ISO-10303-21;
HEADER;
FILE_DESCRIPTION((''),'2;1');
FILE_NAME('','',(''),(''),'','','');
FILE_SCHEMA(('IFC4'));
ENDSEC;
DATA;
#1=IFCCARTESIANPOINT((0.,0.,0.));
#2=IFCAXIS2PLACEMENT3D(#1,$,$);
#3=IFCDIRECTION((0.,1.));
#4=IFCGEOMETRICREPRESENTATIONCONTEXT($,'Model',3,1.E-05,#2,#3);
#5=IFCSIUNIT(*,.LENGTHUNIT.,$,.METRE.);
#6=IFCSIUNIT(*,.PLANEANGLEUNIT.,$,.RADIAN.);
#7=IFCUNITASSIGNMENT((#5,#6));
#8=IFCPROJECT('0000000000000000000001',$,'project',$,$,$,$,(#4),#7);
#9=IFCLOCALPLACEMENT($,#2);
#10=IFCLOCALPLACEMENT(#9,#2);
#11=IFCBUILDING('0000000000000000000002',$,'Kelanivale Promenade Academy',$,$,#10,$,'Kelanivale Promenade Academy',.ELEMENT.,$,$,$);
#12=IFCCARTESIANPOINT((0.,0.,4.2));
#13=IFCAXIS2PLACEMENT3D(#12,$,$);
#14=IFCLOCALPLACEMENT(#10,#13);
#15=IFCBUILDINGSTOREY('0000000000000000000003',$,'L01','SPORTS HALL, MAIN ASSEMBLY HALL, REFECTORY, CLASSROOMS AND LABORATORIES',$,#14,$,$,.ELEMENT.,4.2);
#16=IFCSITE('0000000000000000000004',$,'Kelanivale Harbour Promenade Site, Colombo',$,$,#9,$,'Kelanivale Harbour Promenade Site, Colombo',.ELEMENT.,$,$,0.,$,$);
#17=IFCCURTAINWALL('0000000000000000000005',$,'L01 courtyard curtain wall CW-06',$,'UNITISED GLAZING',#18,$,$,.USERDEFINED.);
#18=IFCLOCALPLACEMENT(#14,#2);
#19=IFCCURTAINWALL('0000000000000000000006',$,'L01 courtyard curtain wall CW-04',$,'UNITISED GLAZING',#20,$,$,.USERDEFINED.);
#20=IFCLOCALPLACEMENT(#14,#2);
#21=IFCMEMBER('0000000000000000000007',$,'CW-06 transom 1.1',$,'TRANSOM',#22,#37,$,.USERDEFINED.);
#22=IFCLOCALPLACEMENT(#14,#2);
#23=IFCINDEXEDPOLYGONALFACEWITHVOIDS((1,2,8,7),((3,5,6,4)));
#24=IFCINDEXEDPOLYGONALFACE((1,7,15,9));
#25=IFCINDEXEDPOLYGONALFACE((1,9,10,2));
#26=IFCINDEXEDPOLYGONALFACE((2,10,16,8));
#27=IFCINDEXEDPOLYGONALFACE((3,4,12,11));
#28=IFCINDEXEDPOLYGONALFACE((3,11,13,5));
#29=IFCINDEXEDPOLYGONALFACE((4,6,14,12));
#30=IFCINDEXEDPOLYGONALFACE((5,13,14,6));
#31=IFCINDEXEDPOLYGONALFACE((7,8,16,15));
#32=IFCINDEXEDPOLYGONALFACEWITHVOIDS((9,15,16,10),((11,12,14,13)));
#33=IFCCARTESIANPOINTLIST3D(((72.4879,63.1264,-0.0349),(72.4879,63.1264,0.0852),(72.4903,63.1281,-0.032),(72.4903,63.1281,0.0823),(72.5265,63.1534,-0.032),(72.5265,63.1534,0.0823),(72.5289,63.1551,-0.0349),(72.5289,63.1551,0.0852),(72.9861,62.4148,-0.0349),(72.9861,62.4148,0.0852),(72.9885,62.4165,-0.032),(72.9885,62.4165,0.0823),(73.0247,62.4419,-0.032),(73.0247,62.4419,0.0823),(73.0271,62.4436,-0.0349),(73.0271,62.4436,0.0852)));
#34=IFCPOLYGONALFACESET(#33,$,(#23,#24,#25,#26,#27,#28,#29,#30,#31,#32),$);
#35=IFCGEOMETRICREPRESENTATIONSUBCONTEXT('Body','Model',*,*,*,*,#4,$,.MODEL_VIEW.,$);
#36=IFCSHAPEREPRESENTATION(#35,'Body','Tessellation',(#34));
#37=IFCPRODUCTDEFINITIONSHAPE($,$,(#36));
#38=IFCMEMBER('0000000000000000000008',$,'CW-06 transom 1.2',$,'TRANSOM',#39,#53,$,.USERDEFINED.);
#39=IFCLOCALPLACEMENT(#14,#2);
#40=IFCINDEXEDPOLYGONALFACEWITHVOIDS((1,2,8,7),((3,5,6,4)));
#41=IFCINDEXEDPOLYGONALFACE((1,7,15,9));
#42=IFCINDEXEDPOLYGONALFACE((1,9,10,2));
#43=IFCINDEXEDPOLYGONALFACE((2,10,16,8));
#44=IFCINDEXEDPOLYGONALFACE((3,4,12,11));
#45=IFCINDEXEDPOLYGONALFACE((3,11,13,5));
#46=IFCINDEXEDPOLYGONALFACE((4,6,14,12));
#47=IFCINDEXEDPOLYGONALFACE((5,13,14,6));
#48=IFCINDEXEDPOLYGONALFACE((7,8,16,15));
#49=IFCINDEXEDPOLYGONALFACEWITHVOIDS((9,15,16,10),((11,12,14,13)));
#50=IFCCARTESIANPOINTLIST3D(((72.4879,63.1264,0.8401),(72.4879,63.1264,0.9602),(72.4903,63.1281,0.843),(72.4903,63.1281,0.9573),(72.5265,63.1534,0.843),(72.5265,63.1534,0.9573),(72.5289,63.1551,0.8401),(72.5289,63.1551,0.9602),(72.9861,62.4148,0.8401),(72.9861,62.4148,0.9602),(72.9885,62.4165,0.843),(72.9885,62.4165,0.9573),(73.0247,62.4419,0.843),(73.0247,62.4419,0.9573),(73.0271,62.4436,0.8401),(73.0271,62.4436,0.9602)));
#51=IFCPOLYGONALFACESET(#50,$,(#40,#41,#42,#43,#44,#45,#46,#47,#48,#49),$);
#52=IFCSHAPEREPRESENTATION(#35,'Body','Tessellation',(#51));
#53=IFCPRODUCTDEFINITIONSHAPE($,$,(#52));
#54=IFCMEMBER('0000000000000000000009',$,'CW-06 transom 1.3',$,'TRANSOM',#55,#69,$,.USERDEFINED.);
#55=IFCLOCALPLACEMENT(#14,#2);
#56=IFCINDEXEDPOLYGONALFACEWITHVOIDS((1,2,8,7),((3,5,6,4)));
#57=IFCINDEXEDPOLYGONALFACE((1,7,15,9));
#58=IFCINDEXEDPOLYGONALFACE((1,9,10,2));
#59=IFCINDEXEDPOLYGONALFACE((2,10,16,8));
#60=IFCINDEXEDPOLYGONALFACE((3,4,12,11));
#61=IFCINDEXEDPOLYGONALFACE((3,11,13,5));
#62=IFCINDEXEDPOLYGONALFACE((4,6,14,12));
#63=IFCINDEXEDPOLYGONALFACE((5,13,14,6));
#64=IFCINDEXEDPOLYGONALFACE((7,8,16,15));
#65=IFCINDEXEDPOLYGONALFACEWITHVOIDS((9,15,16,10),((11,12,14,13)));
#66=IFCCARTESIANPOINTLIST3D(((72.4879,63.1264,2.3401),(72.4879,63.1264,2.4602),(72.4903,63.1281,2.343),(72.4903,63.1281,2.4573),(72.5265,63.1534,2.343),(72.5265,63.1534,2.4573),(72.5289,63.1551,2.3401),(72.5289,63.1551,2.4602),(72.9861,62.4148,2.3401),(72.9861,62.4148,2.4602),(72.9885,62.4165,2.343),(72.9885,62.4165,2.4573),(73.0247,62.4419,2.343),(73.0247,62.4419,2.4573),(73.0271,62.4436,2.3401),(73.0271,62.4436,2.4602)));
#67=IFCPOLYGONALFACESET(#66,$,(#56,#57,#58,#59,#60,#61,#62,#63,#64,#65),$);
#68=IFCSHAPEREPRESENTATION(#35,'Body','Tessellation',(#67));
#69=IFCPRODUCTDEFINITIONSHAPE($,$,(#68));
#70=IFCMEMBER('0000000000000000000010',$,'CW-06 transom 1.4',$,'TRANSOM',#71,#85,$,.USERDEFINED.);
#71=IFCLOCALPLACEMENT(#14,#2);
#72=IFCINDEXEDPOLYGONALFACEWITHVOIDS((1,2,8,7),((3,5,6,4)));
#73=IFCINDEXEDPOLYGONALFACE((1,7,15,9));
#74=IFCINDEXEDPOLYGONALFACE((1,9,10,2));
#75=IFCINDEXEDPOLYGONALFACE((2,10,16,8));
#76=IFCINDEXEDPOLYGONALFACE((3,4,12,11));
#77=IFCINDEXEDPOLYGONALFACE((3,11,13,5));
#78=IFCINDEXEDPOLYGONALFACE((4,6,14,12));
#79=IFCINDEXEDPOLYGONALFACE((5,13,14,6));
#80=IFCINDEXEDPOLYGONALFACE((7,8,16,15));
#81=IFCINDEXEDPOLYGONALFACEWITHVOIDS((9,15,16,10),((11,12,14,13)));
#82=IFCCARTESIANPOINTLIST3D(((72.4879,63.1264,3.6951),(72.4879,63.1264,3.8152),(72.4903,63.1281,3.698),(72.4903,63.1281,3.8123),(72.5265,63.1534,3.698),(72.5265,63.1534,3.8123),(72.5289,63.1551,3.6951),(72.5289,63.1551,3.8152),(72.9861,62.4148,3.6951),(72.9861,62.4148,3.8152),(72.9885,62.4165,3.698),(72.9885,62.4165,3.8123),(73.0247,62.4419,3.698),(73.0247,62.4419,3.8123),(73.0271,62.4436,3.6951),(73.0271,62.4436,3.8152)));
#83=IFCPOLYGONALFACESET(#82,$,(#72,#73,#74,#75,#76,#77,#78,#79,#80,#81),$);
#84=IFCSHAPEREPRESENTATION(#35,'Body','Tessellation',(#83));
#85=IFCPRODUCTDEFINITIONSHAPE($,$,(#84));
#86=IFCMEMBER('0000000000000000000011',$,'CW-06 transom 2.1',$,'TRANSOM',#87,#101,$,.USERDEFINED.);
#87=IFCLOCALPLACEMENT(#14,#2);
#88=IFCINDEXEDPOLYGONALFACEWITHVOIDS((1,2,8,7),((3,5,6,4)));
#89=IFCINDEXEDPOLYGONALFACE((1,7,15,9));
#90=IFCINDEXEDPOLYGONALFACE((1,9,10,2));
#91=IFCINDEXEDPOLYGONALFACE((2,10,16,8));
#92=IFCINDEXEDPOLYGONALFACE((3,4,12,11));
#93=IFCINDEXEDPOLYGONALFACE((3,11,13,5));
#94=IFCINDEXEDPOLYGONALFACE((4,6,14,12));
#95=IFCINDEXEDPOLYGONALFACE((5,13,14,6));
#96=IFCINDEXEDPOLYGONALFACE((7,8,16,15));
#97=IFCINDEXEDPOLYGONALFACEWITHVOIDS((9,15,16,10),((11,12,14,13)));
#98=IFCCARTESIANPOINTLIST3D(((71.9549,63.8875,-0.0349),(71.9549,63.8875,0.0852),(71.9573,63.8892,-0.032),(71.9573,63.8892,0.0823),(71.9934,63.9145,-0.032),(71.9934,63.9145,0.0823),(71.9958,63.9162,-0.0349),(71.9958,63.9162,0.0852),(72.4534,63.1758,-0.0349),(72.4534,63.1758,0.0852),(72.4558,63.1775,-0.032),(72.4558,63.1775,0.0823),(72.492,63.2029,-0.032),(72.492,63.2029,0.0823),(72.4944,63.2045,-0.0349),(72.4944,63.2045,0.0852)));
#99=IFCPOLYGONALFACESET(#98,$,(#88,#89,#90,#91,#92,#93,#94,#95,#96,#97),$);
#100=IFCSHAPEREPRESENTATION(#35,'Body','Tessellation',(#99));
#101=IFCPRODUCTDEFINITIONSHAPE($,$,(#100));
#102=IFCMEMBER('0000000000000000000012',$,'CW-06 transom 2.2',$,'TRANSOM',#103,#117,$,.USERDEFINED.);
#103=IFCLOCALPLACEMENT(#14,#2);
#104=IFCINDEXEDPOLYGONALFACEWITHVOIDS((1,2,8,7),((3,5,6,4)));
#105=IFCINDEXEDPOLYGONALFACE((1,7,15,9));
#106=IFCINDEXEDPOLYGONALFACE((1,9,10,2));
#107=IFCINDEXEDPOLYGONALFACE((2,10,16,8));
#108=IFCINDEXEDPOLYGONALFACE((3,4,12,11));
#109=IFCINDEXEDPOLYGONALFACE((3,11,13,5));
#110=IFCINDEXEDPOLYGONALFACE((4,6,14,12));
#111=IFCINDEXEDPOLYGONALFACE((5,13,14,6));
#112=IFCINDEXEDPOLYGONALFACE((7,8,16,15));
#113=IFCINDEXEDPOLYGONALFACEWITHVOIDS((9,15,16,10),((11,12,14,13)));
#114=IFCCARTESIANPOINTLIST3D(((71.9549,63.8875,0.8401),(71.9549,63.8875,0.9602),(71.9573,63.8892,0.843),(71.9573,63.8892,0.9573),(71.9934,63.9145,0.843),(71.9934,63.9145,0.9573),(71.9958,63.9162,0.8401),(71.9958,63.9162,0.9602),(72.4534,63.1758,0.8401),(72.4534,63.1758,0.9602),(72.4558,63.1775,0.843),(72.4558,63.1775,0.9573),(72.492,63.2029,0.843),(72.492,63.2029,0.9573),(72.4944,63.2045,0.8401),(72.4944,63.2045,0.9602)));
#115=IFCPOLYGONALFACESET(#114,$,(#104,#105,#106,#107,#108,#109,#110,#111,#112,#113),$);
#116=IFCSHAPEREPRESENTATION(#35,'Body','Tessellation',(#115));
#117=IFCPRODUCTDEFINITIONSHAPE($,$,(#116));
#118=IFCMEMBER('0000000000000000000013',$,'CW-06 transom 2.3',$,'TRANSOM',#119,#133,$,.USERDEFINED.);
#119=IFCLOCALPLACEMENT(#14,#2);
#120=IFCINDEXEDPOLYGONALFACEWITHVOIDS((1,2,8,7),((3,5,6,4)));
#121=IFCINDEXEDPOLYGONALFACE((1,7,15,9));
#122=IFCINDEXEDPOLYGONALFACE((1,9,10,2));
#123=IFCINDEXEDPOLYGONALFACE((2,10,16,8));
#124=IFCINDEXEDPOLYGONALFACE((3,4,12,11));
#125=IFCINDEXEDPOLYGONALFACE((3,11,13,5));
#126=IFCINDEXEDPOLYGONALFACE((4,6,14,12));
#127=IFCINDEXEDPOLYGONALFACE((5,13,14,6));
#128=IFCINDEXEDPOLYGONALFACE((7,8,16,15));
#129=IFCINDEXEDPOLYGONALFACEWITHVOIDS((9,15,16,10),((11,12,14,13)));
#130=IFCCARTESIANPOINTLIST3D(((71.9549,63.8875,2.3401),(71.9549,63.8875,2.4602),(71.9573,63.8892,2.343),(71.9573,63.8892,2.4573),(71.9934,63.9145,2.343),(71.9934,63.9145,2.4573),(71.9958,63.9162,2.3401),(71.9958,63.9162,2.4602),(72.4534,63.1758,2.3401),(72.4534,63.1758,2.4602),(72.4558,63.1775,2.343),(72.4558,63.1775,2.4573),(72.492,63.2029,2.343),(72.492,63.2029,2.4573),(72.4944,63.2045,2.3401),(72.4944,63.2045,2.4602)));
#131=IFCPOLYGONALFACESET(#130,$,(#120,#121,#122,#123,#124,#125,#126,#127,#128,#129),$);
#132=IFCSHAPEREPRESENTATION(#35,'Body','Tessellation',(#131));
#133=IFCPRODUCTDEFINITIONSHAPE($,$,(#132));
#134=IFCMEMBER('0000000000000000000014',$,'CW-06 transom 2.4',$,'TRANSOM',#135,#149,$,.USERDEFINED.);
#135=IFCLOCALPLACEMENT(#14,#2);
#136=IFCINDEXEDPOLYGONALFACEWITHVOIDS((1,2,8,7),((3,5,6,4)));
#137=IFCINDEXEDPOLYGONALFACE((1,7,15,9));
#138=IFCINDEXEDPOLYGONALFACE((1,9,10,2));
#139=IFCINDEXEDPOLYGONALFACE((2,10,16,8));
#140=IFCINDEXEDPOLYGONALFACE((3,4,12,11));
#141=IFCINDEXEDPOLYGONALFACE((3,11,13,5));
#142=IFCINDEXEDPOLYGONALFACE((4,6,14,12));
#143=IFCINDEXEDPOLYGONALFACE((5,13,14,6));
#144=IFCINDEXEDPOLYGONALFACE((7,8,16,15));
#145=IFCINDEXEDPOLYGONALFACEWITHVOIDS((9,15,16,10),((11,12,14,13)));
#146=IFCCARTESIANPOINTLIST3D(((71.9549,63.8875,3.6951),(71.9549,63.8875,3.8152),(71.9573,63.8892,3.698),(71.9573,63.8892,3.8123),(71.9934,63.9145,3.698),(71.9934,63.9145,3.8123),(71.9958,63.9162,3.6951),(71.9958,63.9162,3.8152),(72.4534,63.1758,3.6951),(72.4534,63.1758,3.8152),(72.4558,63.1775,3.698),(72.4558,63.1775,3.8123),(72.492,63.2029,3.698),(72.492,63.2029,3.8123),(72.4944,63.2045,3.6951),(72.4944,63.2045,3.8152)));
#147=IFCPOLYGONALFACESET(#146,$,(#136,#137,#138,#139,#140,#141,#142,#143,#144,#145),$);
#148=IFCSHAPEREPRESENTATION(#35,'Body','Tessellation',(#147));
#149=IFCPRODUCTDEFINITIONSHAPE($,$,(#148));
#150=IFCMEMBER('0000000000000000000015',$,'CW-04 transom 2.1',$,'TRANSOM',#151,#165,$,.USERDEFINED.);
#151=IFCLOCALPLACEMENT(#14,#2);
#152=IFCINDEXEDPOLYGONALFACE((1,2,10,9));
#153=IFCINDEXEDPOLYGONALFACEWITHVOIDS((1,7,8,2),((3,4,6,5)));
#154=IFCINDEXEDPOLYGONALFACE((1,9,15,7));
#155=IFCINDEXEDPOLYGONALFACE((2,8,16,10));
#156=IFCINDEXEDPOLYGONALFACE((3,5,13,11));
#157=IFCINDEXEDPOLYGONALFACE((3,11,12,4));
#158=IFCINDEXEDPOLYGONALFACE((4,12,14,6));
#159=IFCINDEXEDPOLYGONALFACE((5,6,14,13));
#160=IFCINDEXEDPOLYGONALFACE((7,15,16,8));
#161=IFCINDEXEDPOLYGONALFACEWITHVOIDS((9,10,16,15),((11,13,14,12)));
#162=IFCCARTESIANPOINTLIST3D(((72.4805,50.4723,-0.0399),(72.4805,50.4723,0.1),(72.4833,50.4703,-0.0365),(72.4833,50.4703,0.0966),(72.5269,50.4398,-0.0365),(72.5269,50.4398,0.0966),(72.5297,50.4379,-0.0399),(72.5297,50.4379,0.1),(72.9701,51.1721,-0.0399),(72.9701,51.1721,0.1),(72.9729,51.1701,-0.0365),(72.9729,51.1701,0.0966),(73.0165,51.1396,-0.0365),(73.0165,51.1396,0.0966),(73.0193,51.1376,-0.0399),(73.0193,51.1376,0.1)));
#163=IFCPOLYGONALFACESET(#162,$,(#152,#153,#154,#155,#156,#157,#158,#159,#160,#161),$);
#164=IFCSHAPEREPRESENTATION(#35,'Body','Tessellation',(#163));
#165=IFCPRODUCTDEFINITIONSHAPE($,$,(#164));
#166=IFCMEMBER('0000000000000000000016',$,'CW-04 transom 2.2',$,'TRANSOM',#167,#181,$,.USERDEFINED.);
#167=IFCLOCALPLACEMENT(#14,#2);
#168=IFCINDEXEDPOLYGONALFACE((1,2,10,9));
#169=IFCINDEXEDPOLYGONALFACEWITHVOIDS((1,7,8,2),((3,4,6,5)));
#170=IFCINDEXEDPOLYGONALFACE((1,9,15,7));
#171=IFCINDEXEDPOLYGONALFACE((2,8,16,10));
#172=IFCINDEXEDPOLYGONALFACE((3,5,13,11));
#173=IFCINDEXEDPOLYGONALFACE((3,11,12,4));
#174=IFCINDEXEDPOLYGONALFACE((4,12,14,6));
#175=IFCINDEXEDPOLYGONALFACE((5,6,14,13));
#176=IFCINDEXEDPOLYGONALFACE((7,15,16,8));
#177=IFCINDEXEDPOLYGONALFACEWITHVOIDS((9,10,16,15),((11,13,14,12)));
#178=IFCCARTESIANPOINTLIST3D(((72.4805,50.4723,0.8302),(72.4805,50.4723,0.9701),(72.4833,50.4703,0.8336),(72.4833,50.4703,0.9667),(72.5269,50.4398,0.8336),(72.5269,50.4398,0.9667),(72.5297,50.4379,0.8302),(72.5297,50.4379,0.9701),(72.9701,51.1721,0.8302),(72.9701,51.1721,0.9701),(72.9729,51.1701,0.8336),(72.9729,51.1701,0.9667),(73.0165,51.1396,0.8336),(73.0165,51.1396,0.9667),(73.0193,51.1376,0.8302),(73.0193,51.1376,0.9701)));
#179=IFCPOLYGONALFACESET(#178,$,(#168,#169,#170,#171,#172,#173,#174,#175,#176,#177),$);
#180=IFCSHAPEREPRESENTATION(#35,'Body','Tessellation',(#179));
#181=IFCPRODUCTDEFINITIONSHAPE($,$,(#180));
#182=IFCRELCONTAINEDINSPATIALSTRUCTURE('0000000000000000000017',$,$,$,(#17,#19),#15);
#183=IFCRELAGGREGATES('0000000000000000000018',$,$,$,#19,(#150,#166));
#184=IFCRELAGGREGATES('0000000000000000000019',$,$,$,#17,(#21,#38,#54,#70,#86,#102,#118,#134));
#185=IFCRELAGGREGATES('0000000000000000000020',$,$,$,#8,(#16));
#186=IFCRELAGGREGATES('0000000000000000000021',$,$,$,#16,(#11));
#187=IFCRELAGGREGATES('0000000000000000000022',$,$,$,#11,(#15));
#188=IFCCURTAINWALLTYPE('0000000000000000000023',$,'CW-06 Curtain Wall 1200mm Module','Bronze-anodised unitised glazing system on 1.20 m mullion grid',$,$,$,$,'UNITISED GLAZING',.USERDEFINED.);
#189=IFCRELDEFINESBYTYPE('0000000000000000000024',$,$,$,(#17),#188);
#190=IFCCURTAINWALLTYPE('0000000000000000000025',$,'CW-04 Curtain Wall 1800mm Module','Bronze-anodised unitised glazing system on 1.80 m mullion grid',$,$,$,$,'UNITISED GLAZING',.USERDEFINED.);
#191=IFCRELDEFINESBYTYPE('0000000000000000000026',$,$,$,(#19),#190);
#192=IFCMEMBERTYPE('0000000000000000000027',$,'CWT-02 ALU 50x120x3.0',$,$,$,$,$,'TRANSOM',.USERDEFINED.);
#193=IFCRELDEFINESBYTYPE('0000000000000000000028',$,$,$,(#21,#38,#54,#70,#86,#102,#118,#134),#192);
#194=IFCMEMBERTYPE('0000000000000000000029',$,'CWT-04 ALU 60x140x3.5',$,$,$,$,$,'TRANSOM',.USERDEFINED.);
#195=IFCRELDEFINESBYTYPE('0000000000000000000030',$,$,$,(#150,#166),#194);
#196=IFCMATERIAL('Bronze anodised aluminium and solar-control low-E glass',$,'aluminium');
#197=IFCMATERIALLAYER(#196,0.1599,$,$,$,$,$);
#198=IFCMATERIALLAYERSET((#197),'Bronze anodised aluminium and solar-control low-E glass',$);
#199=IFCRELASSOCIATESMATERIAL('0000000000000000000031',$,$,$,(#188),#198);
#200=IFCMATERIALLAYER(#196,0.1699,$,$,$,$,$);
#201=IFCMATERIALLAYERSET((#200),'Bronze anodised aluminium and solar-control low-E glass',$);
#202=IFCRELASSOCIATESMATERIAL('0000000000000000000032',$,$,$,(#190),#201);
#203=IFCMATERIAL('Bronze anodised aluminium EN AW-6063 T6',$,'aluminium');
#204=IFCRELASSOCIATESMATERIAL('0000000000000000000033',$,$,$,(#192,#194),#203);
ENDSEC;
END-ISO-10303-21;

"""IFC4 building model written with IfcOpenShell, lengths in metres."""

from ifc_helpers import new_model, si_unit, direction, frame, origin, origin_2d, place, context, subcontext, project, spatial, hollow_rectangle, extrude, material, layer, layer_set, material_profile, profile_set, type_object, element, aggregate, save


model = new_model("IFC4")

# Units and contexts
model_context = context("Model", 3, precision=1e-05, world=origin(), true_north=direction((0.0, 1.0)))
body_context = subcontext(model_context, "Body", "Model", "MODEL_VIEW")
ifc_project = project(units=[si_unit("LENGTHUNIT", "METRE"), si_unit("PLANEANGLEUNIT", "RADIAN")], contexts=[model_context])

# Site, building, storey
site_placement = place(None, origin())
site = spatial("IfcSite", under=ifc_project, at=site_placement, Name="Kelanivale Harbour Promenade Site, Colombo", LongName="Kelanivale Harbour Promenade Site, Colombo", CompositionType="ELEMENT", RefElevation=0.0)
building_placement = place(site_placement, origin())
building = spatial("IfcBuilding", under=site, at=building_placement, Name="Kelanivale Promenade Academy", LongName="Kelanivale Promenade Academy", CompositionType="ELEMENT")
storey_placement = place(building_placement, frame((0.0, 0.0, 4.2)))
storey = spatial("IfcBuildingStorey", under=building, at=storey_placement, Name="L01", Description="SPORTS HALL, MAIN ASSEMBLY HALL, REFECTORY, CLASSROOMS AND LABORATORIES", CompositionType="ELEMENT", Elevation=4.2)

# Curtain walls
ifc_material_1 = material(Name="Bronze anodised aluminium and solar-control low-E glass", Category="aluminium")
ifc_material_2 = material(Name="Bronze anodised aluminium EN AW-6063 T6", Category="aluminium")
ifc_layer_1 = layer(ifc_material_1, 0.1599)
ifc_layer_set_1 = layer_set([ifc_layer_1], Name="Bronze anodised aluminium and solar-control low-E glass")
curtain_wall_type_1 = type_object("IfcCurtainWallType", Name="CW-06 Curtain Wall 1200mm Module", Description="Bronze-anodised unitised glazing system on 1.20 m mullion grid", ElementType="UNITISED GLAZING", PredefinedType="USERDEFINED", material=ifc_layer_set_1)
curtain_wall_1_placement = place(storey_placement, origin())
curtain_wall_1 = element("IfcCurtainWall", 1, at=curtain_wall_1_placement, inside=storey, type_object=curtain_wall_type_1, Name="L01 courtyard curtain wall CW-06", ObjectType="UNITISED GLAZING", PredefinedType="USERDEFINED")
ifc_layer_2 = layer(ifc_material_1, 0.1699)
ifc_layer_set_2 = layer_set([ifc_layer_2], Name="Bronze anodised aluminium and solar-control low-E glass")
curtain_wall_type_2 = type_object("IfcCurtainWallType", Name="CW-04 Curtain Wall 1800mm Module", Description="Bronze-anodised unitised glazing system on 1.80 m mullion grid", ElementType="UNITISED GLAZING", PredefinedType="USERDEFINED", material=ifc_layer_set_2)
curtain_wall_2_placement = place(storey_placement, origin())
curtain_wall_2 = element("IfcCurtainWall", 2, at=curtain_wall_2_placement, inside=storey, type_object=curtain_wall_type_2, Name="L01 courtyard curtain wall CW-04", ObjectType="UNITISED GLAZING", PredefinedType="USERDEFINED")

# Members
ifc_material_profile_1 = material_profile(ifc_material_2, hollow_rectangle(XDim=0.05, YDim=0.1201, WallThickness=0.0029, at=origin_2d()), Name="ALU 50x120x3.0")
ifc_profile_set_1 = profile_set([ifc_material_profile_1], Name="Bronze anodised aluminium EN AW-6063 T6")
member_type_1 = type_object("IfcMemberType", Name="CWT-02 ALU 50x120x3.0", ElementType="TRANSOM", PredefinedType="USERDEFINED", material=ifc_profile_set_1)
member_1_placement = place(storey_placement, frame((73.0066, 62.4292, 0.0251), z_axis=(-0.573557, 0.819166, 0.0), x_axis=(-0.819166, -0.573557, 0.0)))
member_1 = element("IfcMember", 3, at=member_1_placement, type_object=member_type_1, Name="CW-06 transom 1.1", ObjectType="TRANSOM", PredefinedType="USERDEFINED", context=body_context, shape_type="SweptSolid", body=[
    extrude(hollow_rectangle(XDim=0.05, YDim=0.1201, WallThickness=0.0029, at=origin_2d()), origin(), (0.0, 0.0, 1.0), 0.8687),
])
member_2_placement = place(storey_placement, frame((73.0066, 62.4292, 0.9001), z_axis=(-0.573557, 0.819166, 0.0), x_axis=(-0.819166, -0.573557, 0.0)))
member_2 = element("IfcMember", 4, at=member_2_placement, type_object=member_type_1, Name="CW-06 transom 1.2", ObjectType="TRANSOM", PredefinedType="USERDEFINED", context=body_context, shape_type="SweptSolid", body=[
    extrude(hollow_rectangle(XDim=0.05, YDim=0.1201, WallThickness=0.0029, at=origin_2d()), origin(), (0.0, 0.0, 1.0), 0.8687),
])
member_3_placement = place(storey_placement, frame((73.0066, 62.4292, 2.4001), z_axis=(-0.573557, 0.819166, 0.0), x_axis=(-0.819166, -0.573557, 0.0)))
member_3 = element("IfcMember", 5, at=member_3_placement, type_object=member_type_1, Name="CW-06 transom 1.3", ObjectType="TRANSOM", PredefinedType="USERDEFINED", context=body_context, shape_type="SweptSolid", body=[
    extrude(hollow_rectangle(XDim=0.05, YDim=0.1201, WallThickness=0.0029, at=origin_2d()), origin(), (0.0, 0.0, 1.0), 0.8687),
])
member_4_placement = place(storey_placement, frame((73.0066, 62.4292, 3.7551), z_axis=(-0.573557, 0.819166, 0.0), x_axis=(-0.819166, -0.573557, 0.0)))
member_4 = element("IfcMember", 6, at=member_4_placement, type_object=member_type_1, Name="CW-06 transom 1.4", ObjectType="TRANSOM", PredefinedType="USERDEFINED", context=body_context, shape_type="SweptSolid", body=[
    extrude(hollow_rectangle(XDim=0.05, YDim=0.1201, WallThickness=0.0029, at=origin_2d()), origin(), (0.0, 0.0, 1.0), 0.8687),
])
member_5_placement = place(storey_placement, frame((72.4739, 63.1902, 0.0251), z_axis=(-0.573745, 0.819034, 0.0), x_axis=(-0.819034, -0.573745, 0.0)))
member_5 = element("IfcMember", 7, at=member_5_placement, type_object=member_type_1, Name="CW-06 transom 2.1", ObjectType="TRANSOM", PredefinedType="USERDEFINED", context=body_context, shape_type="SweptSolid", body=[
    extrude(hollow_rectangle(XDim=0.05, YDim=0.1201, WallThickness=0.0029, at=origin_2d()), origin(), (0.0, 0.0, 1.0), 0.8689),
])
member_6_placement = place(storey_placement, frame((72.4739, 63.1902, 0.9001), z_axis=(-0.573745, 0.819034, 0.0), x_axis=(-0.819034, -0.573745, 0.0)))
member_6 = element("IfcMember", 8, at=member_6_placement, type_object=member_type_1, Name="CW-06 transom 2.2", ObjectType="TRANSOM", PredefinedType="USERDEFINED", context=body_context, shape_type="SweptSolid", body=[
    extrude(hollow_rectangle(XDim=0.05, YDim=0.1201, WallThickness=0.0029, at=origin_2d()), origin(), (0.0, 0.0, 1.0), 0.8689),
])
member_7_placement = place(storey_placement, frame((72.4739, 63.1902, 2.4001), z_axis=(-0.573745, 0.819034, 0.0), x_axis=(-0.819034, -0.573745, 0.0)))
member_7 = element("IfcMember", 9, at=member_7_placement, type_object=member_type_1, Name="CW-06 transom 2.3", ObjectType="TRANSOM", PredefinedType="USERDEFINED", context=body_context, shape_type="SweptSolid", body=[
    extrude(hollow_rectangle(XDim=0.05, YDim=0.1201, WallThickness=0.0029, at=origin_2d()), origin(), (0.0, 0.0, 1.0), 0.8689),
])
member_8_placement = place(storey_placement, frame((72.4739, 63.1902, 3.7551), z_axis=(-0.573745, 0.819034, 0.0), x_axis=(-0.819034, -0.573745, 0.0)))
member_8 = element("IfcMember", 10, at=member_8_placement, type_object=member_type_1, Name="CW-06 transom 2.4", ObjectType="TRANSOM", PredefinedType="USERDEFINED", context=body_context, shape_type="SweptSolid", body=[
    extrude(hollow_rectangle(XDim=0.05, YDim=0.1201, WallThickness=0.0029, at=origin_2d()), origin(), (0.0, 0.0, 1.0), 0.8689),
])
ifc_material_profile_2 = material_profile(ifc_material_2, hollow_rectangle(XDim=0.0601, YDim=0.1399, WallThickness=0.0034, at=origin_2d()), Name="ALU 60x140x3.5")
ifc_profile_set_2 = profile_set([ifc_material_profile_2], Name="Bronze anodised aluminium EN AW-6063 T6")
member_type_2 = type_object("IfcMemberType", Name="CWT-04 ALU 60x140x3.5", ElementType="TRANSOM", PredefinedType="USERDEFINED", material=ifc_profile_set_2)
member_9_placement = place(storey_placement, frame((72.5051, 50.4551, 0.03), z_axis=(0.573232, 0.819393, 0.0), x_axis=(-0.819393, 0.573232, 0.0)))
member_9 = element("IfcMember", 11, at=member_9_placement, type_object=member_type_2, Name="CW-04 transom 2.1", ObjectType="TRANSOM", PredefinedType="USERDEFINED", context=body_context, shape_type="SweptSolid", body=[
    extrude(hollow_rectangle(XDim=0.0601, YDim=0.1399, WallThickness=0.0034, at=origin_2d()), origin(), (0.0, 0.0, 1.0), 0.854),
])
member_10_placement = place(storey_placement, frame((72.5051, 50.4551, 0.9001), z_axis=(0.573232, 0.819393, 0.0), x_axis=(-0.819393, 0.573232, 0.0)))
member_10 = element("IfcMember", 12, at=member_10_placement, type_object=member_type_2, Name="CW-04 transom 2.2", ObjectType="TRANSOM", PredefinedType="USERDEFINED", context=body_context, shape_type="SweptSolid", body=[
    extrude(hollow_rectangle(XDim=0.0601, YDim=0.1399, WallThickness=0.0034, at=origin_2d()), origin(), (0.0, 0.0, 1.0), 0.854),
])

aggregate(curtain_wall_2, [member_9, member_10])
aggregate(curtain_wall_1, [member_1, member_2, member_3, member_4, member_5, member_6, member_7, member_8])

save(model, "model.ifc")
